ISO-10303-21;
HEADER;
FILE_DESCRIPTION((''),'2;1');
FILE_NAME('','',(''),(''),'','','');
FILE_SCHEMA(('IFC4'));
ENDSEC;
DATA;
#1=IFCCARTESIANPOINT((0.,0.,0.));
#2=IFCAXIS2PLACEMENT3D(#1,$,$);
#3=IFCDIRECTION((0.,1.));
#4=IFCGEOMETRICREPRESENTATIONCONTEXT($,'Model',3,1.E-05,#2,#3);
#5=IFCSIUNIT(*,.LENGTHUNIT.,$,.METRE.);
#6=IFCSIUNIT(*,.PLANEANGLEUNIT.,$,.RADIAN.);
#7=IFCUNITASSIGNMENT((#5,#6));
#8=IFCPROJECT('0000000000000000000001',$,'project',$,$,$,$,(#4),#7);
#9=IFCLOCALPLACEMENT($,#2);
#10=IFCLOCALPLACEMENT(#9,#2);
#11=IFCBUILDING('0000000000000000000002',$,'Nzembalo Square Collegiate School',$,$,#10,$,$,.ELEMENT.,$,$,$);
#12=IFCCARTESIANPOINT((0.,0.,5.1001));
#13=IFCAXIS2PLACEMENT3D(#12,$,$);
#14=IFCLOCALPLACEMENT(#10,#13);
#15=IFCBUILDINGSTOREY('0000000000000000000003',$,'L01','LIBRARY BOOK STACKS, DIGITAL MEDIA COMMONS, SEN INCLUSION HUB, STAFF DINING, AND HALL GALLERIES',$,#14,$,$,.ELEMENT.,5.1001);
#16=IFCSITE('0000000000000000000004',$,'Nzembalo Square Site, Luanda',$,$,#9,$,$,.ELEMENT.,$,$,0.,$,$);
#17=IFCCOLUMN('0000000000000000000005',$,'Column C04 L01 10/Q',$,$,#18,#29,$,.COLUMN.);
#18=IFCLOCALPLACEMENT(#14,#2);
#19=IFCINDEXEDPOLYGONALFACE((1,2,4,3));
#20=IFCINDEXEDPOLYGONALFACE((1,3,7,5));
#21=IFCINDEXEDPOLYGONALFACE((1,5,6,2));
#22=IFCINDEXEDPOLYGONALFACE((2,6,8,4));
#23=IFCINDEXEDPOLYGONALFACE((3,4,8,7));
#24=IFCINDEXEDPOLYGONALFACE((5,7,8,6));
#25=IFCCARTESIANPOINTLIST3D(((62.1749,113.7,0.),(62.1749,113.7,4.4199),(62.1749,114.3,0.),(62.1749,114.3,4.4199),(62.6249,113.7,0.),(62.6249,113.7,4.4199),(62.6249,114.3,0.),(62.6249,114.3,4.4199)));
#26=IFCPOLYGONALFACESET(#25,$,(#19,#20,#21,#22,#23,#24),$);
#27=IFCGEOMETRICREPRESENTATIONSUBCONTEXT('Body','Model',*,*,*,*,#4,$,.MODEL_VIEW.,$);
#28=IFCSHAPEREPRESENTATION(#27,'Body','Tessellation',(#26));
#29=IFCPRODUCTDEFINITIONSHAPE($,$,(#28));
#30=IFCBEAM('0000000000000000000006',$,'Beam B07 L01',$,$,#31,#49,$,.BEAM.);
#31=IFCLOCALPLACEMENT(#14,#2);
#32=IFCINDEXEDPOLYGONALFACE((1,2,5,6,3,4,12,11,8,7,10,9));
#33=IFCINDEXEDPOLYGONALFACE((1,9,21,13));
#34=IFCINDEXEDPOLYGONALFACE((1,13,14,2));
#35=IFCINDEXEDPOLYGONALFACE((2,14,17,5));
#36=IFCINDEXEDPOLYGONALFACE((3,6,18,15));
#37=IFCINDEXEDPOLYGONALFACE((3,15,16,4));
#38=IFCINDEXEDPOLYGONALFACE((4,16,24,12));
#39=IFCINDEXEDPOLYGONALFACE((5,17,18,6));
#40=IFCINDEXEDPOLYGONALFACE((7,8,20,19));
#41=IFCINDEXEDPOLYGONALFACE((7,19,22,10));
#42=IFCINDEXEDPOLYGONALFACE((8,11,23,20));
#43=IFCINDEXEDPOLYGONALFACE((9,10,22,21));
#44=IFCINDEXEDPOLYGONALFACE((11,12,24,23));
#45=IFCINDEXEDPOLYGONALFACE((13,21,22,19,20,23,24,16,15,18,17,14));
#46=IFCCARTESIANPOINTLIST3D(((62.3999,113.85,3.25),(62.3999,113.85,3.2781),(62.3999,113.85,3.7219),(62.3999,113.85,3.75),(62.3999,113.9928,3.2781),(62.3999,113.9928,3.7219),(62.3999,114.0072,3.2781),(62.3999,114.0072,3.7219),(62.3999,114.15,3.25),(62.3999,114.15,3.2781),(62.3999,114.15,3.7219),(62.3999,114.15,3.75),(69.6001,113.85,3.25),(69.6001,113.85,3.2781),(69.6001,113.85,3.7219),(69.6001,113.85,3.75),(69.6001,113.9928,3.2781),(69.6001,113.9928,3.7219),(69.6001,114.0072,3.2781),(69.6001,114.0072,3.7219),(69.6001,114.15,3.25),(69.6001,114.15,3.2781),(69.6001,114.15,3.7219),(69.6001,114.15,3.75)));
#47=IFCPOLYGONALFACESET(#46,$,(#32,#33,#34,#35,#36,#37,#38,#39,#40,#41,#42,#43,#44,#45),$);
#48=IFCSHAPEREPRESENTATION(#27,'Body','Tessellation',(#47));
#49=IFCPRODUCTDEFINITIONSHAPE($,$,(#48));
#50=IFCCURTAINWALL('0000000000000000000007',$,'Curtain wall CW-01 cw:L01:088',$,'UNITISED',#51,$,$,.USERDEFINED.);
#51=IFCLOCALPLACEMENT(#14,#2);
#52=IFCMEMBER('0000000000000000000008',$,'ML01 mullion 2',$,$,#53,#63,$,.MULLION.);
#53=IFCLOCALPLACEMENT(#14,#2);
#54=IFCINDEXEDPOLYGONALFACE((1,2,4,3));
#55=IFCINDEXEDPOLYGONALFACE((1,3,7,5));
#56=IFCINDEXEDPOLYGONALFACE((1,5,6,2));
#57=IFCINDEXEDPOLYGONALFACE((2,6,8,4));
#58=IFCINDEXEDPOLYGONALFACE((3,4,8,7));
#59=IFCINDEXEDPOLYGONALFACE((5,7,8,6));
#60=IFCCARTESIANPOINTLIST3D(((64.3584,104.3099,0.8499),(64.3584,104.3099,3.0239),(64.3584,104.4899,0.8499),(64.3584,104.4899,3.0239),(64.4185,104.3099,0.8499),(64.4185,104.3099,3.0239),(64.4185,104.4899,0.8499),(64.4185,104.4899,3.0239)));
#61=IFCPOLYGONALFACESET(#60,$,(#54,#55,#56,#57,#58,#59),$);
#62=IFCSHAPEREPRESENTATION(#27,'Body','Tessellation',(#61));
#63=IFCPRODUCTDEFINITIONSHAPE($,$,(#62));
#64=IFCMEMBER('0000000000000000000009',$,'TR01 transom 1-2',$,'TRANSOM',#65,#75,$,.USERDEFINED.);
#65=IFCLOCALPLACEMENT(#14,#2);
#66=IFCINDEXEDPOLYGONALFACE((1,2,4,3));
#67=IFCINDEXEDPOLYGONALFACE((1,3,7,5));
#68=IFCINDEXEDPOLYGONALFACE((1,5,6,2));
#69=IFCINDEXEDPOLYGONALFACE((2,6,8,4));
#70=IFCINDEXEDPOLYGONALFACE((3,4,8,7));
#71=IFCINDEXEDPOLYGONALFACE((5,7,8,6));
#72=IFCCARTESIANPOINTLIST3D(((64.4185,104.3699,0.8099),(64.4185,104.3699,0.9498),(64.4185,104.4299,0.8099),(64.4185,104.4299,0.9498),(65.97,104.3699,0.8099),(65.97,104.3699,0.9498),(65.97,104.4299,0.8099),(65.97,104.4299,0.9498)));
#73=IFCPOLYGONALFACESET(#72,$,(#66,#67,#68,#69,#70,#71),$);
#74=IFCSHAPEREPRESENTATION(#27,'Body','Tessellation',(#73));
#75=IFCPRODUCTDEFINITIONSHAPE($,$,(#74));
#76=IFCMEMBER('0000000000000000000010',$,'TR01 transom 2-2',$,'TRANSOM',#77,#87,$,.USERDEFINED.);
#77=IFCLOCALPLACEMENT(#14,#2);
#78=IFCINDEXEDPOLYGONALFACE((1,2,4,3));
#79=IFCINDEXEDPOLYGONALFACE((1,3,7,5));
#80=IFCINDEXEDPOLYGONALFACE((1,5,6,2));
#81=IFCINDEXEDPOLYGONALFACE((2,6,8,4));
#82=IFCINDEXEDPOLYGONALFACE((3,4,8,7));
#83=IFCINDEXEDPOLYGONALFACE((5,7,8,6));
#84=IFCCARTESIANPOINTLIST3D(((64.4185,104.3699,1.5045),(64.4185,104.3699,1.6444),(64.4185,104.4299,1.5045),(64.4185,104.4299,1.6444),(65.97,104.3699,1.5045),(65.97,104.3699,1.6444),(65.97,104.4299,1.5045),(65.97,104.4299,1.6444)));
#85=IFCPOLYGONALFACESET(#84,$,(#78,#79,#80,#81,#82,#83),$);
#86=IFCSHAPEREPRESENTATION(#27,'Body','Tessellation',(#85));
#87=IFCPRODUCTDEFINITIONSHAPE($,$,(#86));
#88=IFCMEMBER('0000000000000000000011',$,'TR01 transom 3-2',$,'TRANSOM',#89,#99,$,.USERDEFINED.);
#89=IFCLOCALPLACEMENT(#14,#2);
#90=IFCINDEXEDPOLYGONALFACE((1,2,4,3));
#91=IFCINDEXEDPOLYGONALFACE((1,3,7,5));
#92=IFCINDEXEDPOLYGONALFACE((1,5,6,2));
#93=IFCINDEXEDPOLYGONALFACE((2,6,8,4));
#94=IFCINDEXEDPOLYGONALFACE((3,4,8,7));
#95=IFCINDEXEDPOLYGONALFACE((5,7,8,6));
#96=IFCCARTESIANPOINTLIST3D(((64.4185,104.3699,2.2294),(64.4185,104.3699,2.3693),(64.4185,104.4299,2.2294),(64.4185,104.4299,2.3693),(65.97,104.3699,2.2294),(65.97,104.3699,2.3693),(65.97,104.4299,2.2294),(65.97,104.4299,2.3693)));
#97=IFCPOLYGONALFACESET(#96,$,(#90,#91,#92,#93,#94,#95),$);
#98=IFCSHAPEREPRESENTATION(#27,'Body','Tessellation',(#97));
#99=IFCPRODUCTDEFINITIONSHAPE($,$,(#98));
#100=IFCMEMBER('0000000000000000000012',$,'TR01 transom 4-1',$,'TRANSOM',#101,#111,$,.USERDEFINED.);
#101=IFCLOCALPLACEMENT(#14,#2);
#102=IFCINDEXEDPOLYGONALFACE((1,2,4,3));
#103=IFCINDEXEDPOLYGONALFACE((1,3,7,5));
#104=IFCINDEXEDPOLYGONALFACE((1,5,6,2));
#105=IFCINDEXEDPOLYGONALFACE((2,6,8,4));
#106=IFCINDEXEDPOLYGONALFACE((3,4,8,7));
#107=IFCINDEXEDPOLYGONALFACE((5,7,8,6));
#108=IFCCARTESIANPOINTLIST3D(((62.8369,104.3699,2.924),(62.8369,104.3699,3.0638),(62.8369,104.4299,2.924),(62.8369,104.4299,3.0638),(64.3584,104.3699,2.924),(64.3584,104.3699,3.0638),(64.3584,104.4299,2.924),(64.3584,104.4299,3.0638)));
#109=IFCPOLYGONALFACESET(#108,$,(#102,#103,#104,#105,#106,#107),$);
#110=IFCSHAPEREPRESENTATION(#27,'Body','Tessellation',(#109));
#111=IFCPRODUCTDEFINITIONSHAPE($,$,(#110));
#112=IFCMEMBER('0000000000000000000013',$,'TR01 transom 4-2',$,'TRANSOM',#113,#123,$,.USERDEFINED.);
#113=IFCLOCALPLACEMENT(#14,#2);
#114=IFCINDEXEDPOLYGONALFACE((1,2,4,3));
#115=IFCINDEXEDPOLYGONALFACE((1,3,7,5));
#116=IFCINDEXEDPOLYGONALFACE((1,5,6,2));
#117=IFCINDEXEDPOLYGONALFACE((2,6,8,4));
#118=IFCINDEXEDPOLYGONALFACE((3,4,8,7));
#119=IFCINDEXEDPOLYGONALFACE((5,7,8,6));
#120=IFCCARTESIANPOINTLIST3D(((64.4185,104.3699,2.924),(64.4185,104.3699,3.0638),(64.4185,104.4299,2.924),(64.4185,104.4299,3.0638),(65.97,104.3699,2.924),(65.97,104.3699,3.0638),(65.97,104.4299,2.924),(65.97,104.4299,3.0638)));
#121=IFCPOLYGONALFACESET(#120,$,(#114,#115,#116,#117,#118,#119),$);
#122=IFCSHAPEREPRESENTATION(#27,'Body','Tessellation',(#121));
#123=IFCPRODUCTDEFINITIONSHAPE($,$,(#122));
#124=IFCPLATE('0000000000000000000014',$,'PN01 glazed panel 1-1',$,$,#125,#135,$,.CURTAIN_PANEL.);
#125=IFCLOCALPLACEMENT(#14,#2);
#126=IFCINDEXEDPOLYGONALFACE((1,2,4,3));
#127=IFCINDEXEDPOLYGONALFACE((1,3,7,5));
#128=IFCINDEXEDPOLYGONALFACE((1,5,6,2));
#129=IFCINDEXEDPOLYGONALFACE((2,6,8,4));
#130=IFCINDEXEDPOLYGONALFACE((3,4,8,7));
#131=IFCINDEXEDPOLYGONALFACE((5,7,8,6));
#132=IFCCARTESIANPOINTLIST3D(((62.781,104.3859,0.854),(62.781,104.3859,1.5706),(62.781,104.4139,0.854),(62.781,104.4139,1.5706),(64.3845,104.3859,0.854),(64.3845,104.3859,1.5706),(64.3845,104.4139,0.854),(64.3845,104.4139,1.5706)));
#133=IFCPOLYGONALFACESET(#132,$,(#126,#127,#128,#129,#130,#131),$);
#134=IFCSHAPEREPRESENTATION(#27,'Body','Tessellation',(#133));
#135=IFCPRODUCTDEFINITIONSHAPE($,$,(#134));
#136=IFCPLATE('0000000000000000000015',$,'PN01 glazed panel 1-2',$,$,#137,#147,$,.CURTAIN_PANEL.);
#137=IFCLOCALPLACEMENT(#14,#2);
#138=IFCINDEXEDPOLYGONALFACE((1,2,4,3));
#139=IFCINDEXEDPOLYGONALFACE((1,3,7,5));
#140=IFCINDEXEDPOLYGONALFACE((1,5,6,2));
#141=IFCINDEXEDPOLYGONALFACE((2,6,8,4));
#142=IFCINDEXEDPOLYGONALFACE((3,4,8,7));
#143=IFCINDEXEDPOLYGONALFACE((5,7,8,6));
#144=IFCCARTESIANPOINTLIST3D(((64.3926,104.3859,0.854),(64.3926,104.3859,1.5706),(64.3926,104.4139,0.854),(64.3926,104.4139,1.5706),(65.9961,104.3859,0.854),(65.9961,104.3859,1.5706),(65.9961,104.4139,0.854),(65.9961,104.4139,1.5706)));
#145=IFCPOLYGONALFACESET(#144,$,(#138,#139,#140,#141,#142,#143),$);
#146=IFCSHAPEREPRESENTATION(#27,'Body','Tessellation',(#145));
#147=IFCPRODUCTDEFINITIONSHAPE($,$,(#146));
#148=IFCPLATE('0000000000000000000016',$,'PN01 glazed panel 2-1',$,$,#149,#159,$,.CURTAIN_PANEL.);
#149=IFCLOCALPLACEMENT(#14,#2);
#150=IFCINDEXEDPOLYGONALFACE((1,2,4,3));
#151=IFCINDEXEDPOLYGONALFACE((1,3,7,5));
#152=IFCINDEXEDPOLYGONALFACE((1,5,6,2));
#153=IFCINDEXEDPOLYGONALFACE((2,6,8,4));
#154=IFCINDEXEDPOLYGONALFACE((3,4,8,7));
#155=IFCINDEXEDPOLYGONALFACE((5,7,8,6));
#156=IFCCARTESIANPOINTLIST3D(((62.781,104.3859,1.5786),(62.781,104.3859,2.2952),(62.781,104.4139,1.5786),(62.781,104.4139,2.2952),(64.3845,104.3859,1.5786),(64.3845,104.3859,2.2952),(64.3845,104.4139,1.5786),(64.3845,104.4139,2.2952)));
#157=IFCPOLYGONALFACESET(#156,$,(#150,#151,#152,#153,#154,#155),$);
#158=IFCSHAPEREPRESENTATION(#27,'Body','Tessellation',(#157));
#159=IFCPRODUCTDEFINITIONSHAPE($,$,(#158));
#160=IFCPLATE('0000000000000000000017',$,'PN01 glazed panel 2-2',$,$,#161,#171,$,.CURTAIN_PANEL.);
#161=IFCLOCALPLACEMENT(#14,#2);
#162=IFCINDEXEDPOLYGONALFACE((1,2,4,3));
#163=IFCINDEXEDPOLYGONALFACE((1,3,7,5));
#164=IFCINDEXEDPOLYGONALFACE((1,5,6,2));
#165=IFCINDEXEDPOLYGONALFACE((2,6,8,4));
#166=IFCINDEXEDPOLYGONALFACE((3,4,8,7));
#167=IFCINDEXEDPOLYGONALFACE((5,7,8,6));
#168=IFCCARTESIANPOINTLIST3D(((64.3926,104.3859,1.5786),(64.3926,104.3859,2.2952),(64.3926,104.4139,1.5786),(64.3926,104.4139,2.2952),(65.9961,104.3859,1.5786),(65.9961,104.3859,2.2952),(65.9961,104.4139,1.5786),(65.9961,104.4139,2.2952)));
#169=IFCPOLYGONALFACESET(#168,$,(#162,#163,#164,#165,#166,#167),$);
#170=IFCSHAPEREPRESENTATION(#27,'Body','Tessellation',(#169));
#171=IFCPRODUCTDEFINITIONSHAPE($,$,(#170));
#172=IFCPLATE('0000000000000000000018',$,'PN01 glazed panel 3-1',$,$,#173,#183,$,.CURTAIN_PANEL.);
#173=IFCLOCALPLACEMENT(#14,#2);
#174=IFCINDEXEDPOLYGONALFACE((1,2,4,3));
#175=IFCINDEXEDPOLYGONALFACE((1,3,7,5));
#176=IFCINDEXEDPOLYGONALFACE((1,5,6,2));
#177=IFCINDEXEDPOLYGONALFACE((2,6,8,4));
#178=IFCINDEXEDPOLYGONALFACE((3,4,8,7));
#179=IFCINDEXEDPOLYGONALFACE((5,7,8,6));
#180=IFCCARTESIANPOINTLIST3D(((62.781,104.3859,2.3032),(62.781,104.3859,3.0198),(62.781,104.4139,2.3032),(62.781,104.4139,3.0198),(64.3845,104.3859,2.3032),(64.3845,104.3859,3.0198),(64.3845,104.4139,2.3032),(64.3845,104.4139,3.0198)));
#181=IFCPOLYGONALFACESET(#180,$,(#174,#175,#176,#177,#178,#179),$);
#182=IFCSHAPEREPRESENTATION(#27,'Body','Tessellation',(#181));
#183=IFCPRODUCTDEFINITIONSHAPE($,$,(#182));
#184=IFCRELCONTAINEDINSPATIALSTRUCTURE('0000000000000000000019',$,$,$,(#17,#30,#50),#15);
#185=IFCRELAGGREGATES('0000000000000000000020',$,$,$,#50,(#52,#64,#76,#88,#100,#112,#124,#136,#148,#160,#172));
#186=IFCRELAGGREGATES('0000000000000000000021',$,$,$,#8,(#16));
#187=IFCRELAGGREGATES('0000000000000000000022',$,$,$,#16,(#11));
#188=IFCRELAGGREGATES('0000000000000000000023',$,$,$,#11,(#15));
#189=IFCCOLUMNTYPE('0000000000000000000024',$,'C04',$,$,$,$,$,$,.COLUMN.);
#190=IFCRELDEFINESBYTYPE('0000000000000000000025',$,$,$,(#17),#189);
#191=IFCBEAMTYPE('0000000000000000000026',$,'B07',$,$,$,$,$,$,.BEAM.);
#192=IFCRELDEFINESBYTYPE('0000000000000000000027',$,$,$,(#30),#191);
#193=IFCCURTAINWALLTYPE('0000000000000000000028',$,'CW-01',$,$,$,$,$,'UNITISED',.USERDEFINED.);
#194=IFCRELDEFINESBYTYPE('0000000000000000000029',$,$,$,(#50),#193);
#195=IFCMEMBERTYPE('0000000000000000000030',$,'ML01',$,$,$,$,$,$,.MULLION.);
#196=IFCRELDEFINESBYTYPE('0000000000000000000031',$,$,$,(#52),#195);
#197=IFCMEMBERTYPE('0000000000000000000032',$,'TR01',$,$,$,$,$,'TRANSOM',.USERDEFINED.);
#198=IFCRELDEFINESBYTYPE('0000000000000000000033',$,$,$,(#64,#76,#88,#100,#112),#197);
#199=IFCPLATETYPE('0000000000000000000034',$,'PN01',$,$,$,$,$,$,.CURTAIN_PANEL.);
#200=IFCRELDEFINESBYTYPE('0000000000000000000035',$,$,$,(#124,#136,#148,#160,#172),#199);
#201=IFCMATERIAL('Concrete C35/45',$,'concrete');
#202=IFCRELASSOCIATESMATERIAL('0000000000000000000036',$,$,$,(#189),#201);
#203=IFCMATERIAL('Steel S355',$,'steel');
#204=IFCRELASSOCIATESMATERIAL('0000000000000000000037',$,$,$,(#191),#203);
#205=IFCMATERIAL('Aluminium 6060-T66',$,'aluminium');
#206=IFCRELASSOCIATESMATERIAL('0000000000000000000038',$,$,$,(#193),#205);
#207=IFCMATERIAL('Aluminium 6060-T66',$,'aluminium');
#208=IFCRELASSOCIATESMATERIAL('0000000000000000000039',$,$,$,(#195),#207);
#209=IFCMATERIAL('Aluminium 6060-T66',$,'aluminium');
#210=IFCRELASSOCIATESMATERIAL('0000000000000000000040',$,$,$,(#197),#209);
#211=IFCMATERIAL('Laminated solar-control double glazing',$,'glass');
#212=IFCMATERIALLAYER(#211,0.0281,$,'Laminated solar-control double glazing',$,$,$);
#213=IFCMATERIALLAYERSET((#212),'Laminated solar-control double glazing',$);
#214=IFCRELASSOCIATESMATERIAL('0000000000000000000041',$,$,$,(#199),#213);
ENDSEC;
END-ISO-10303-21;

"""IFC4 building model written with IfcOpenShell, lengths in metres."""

from ifc_helpers import new_model, si_unit, direction, frame, origin, origin_2d, place, context, subcontext, project, spatial, rectangle, i_section, extrude, material, layer, layer_set, material_profile, profile_set, type_object, element, aggregate, save


model = new_model("IFC4")

# Units and contexts
model_context = context("Model", 3, precision=1e-05, world=origin(), true_north=direction((0.0, 1.0)))
body_context = subcontext(model_context, "Body", "Model", "MODEL_VIEW")
ifc_project = project(units=[si_unit("LENGTHUNIT", "METRE"), si_unit("PLANEANGLEUNIT", "RADIAN")], contexts=[model_context])

# Site, building, storey
site_placement = place(None, origin())
site = spatial("IfcSite", under=ifc_project, at=site_placement, Name="Nzembalo Square Site, Luanda", CompositionType="ELEMENT", RefElevation=0.0)
building_placement = place(site_placement, origin())
building = spatial("IfcBuilding", under=site, at=building_placement, Name="Nzembalo Square Collegiate School", CompositionType="ELEMENT")
storey_placement = place(building_placement, frame((0.0, 0.0, 5.1001)))
storey = spatial("IfcBuildingStorey", under=building, at=storey_placement, Name="L01", Description="LIBRARY BOOK STACKS, DIGITAL MEDIA COMMONS, SEN INCLUSION HUB, STAFF DINING, AND HALL GALLERIES", CompositionType="ELEMENT", Elevation=5.1001)

# Column
ifc_material_1 = material(Name="Concrete C35/45", Category="concrete")
ifc_material_profile_1 = material_profile(ifc_material_1, rectangle(XDim=0.45, YDim=0.6001, at=origin_2d()), Name="RC 450x600")
ifc_profile_set_1 = profile_set([ifc_material_profile_1], Name="Concrete C35/45")
column_type = type_object("IfcColumnType", Name="C04", PredefinedType="COLUMN", material=ifc_profile_set_1)
column_placement = place(storey_placement, frame((62.3999, 114.0, 0.0), z_axis=(0.0, 0.0, 1.0), x_axis=(1.0, 0.0, 0.0)))
element("IfcColumn", 1, at=column_placement, inside=storey, type_object=column_type, Name="Column C04 L01 10/Q", PredefinedType="COLUMN", context=body_context, shape_type="SweptSolid", body=[
    extrude(rectangle(XDim=0.45, YDim=0.6001, at=origin_2d()), origin(), (0.0, 0.0, 1.0), 4.4199),
])

# Beam
ifc_material_2 = material(Name="Steel S355", Category="steel")
ifc_material_profile_2 = material_profile(ifc_material_2, i_section(OverallWidth=0.3, OverallDepth=0.5, WebThickness=0.0144, FlangeThickness=0.0281, at=origin_2d()), Name="HEB 500")
ifc_profile_set_2 = profile_set([ifc_material_profile_2], Name="Steel S355")
beam_type = type_object("IfcBeamType", Name="B07", PredefinedType="BEAM", material=ifc_profile_set_2)
beam_placement = place(storey_placement, frame((62.3999, 114.0, 3.5), z_axis=(1.0, 0.0, 0.0), x_axis=(0.0, 1.0, 0.0)))
element("IfcBeam", 2, at=beam_placement, inside=storey, type_object=beam_type, Name="Beam B07 L01", PredefinedType="BEAM", context=body_context, shape_type="SweptSolid", body=[
    extrude(i_section(OverallWidth=0.3, OverallDepth=0.5, WebThickness=0.0144, FlangeThickness=0.0281, at=origin_2d()), origin(), (0.0, 0.0, 1.0), 7.2002),
])

# Curtain wall, members, plates
ifc_material_3 = material(Name="Aluminium 6060-T66", Category="aluminium")
curtain_wall_type = type_object("IfcCurtainWallType", Name="CW-01", ElementType="UNITISED", PredefinedType="USERDEFINED", material=ifc_material_3)
curtain_wall_placement = place(storey_placement, origin())
curtain_wall = element("IfcCurtainWall", 3, at=curtain_wall_placement, inside=storey, type_object=curtain_wall_type, Name="Curtain wall CW-01 cw:L01:088", ObjectType="UNITISED", PredefinedType="USERDEFINED")
ifc_material_4 = material(Name="Aluminium 6060-T66", Category="aluminium")
ifc_material_profile_3 = material_profile(ifc_material_4, rectangle(XDim=0.0601, YDim=0.1799, at=origin_2d()), Name="ALU M60x180")
ifc_profile_set_3 = profile_set([ifc_material_profile_3], Name="Aluminium 6060-T66")
member_type_1 = type_object("IfcMemberType", Name="ML01", PredefinedType="MULLION", material=ifc_profile_set_3)
member_1_placement = place(storey_placement, frame((64.3884, 104.3999, 0.8499), z_axis=(0.0, 0.0, 1.0), x_axis=(1.0, 0.0, 0.0)))
member_1 = element("IfcMember", 4, at=member_1_placement, type_object=member_type_1, Name="ML01 mullion 2", PredefinedType="MULLION", context=body_context, shape_type="SweptSolid", body=[
    extrude(rectangle(XDim=0.0601, YDim=0.1799, at=origin_2d()), origin(), (0.0, 0.0, 1.0), 2.1741),
])
ifc_material_5 = material(Name="Aluminium 6060-T66", Category="aluminium")
ifc_material_profile_4 = material_profile(ifc_material_5, rectangle(XDim=0.0601, YDim=0.1399, at=origin_2d()), Name="ALU T60x140")
ifc_profile_set_4 = profile_set([ifc_material_profile_4], Name="Aluminium 6060-T66")
member_type_2 = type_object("IfcMemberType", Name="TR01", ElementType="TRANSOM", PredefinedType="USERDEFINED", material=ifc_profile_set_4)
member_2_placement = place(storey_placement, frame((64.4185, 104.3999, 0.8799), z_axis=(1.0, 0.0, 0.0), x_axis=(0.0, 1.0, 0.0)))
member_2 = element("IfcMember", 5, at=member_2_placement, type_object=member_type_2, Name="TR01 transom 1-2", ObjectType="TRANSOM", PredefinedType="USERDEFINED", context=body_context, shape_type="SweptSolid", body=[
    extrude(rectangle(XDim=0.0601, YDim=0.1399, at=origin_2d()), origin(), (0.0, 0.0, 1.0), 1.5515),
])
member_3_placement = place(storey_placement, frame((64.4185, 104.3999, 1.5745), z_axis=(1.0, 0.0, 0.0), x_axis=(0.0, 1.0, 0.0)))
member_3 = element("IfcMember", 6, at=member_3_placement, type_object=member_type_2, Name="TR01 transom 2-2", ObjectType="TRANSOM", PredefinedType="USERDEFINED", context=body_context, shape_type="SweptSolid", body=[
    extrude(rectangle(XDim=0.0601, YDim=0.1399, at=origin_2d()), origin(), (0.0, 0.0, 1.0), 1.5515),
])
member_4_placement = place(storey_placement, frame((64.4185, 104.3999, 2.2993), z_axis=(1.0, 0.0, 0.0), x_axis=(0.0, 1.0, 0.0)))
member_4 = element("IfcMember", 7, at=member_4_placement, type_object=member_type_2, Name="TR01 transom 3-2", ObjectType="TRANSOM", PredefinedType="USERDEFINED", context=body_context, shape_type="SweptSolid", body=[
    extrude(rectangle(XDim=0.0601, YDim=0.1399, at=origin_2d()), origin(), (0.0, 0.0, 1.0), 1.5515),
])
member_5_placement = place(storey_placement, frame((62.8369, 104.3999, 2.9939), z_axis=(1.0, 0.0, 0.0), x_axis=(0.0, 1.0, 0.0)))
member_5 = element("IfcMember", 8, at=member_5_placement, type_object=member_type_2, Name="TR01 transom 4-1", ObjectType="TRANSOM", PredefinedType="USERDEFINED", context=body_context, shape_type="SweptSolid", body=[
    extrude(rectangle(XDim=0.0601, YDim=0.1399, at=origin_2d()), origin(), (0.0, 0.0, 1.0), 1.5215),
])
member_6_placement = place(storey_placement, frame((64.4185, 104.3999, 2.9939), z_axis=(1.0, 0.0, 0.0), x_axis=(0.0, 1.0, 0.0)))
member_6 = element("IfcMember", 9, at=member_6_placement, type_object=member_type_2, Name="TR01 transom 4-2", ObjectType="TRANSOM", PredefinedType="USERDEFINED", context=body_context, shape_type="SweptSolid", body=[
    extrude(rectangle(XDim=0.0601, YDim=0.1399, at=origin_2d()), origin(), (0.0, 0.0, 1.0), 1.5515),
])
ifc_material_6 = material(Name="Laminated solar-control double glazing", Category="glass")
ifc_layer_1 = layer(ifc_material_6, 0.0281, Name="Laminated solar-control double glazing")
ifc_layer_set_1 = layer_set([ifc_layer_1], Name="Laminated solar-control double glazing")
plate_type = type_object("IfcPlateType", Name="PN01", PredefinedType="CURTAIN_PANEL", material=ifc_layer_set_1)
plate_1_placement = place(storey_placement, frame((63.5828, 104.3999, 0.854), z_axis=(0.0, 0.0, 1.0), x_axis=(1.0, 0.0, 0.0)))
plate_1 = element("IfcPlate", 10, at=plate_1_placement, type_object=plate_type, Name="PN01 glazed panel 1-1", PredefinedType="CURTAIN_PANEL", context=body_context, shape_type="SweptSolid", body=[
    extrude(rectangle(XDim=1.6035, YDim=0.0281, at=origin_2d()), origin(), (0.0, 0.0, 1.0), 0.7166),
])
plate_2_placement = place(storey_placement, frame((65.1943, 104.3999, 0.854), z_axis=(0.0, 0.0, 1.0), x_axis=(1.0, 0.0, 0.0)))
plate_2 = element("IfcPlate", 11, at=plate_2_placement, type_object=plate_type, Name="PN01 glazed panel 1-2", PredefinedType="CURTAIN_PANEL", context=body_context, shape_type="SweptSolid", body=[
    extrude(rectangle(XDim=1.6035, YDim=0.0281, at=origin_2d()), origin(), (0.0, 0.0, 1.0), 0.7166),
])
plate_3_placement = place(storey_placement, frame((63.5828, 104.3999, 1.5786), z_axis=(0.0, 0.0, 1.0), x_axis=(1.0, 0.0, 0.0)))
plate_3 = element("IfcPlate", 12, at=plate_3_placement, type_object=plate_type, Name="PN01 glazed panel 2-1", PredefinedType="CURTAIN_PANEL", context=body_context, shape_type="SweptSolid", body=[
    extrude(rectangle(XDim=1.6035, YDim=0.0281, at=origin_2d()), origin(), (0.0, 0.0, 1.0), 0.7166),
])
plate_4_placement = place(storey_placement, frame((65.1943, 104.3999, 1.5786), z_axis=(0.0, 0.0, 1.0), x_axis=(1.0, 0.0, 0.0)))
plate_4 = element("IfcPlate", 13, at=plate_4_placement, type_object=plate_type, Name="PN01 glazed panel 2-2", PredefinedType="CURTAIN_PANEL", context=body_context, shape_type="SweptSolid", body=[
    extrude(rectangle(XDim=1.6035, YDim=0.0281, at=origin_2d()), origin(), (0.0, 0.0, 1.0), 0.7166),
])
plate_5_placement = place(storey_placement, frame((63.5828, 104.3999, 2.3032), z_axis=(0.0, 0.0, 1.0), x_axis=(1.0, 0.0, 0.0)))
plate_5 = element("IfcPlate", 14, at=plate_5_placement, type_object=plate_type, Name="PN01 glazed panel 3-1", PredefinedType="CURTAIN_PANEL", context=body_context, shape_type="SweptSolid", body=[
    extrude(rectangle(XDim=1.6035, YDim=0.0281, at=origin_2d()), origin(), (0.0, 0.0, 1.0), 0.7166),
])
aggregate(curtain_wall, [member_1, member_2, member_3, member_4, member_5, member_6, plate_1, plate_2, plate_3, plate_4, plate_5])

save(model, "model.ifc")
